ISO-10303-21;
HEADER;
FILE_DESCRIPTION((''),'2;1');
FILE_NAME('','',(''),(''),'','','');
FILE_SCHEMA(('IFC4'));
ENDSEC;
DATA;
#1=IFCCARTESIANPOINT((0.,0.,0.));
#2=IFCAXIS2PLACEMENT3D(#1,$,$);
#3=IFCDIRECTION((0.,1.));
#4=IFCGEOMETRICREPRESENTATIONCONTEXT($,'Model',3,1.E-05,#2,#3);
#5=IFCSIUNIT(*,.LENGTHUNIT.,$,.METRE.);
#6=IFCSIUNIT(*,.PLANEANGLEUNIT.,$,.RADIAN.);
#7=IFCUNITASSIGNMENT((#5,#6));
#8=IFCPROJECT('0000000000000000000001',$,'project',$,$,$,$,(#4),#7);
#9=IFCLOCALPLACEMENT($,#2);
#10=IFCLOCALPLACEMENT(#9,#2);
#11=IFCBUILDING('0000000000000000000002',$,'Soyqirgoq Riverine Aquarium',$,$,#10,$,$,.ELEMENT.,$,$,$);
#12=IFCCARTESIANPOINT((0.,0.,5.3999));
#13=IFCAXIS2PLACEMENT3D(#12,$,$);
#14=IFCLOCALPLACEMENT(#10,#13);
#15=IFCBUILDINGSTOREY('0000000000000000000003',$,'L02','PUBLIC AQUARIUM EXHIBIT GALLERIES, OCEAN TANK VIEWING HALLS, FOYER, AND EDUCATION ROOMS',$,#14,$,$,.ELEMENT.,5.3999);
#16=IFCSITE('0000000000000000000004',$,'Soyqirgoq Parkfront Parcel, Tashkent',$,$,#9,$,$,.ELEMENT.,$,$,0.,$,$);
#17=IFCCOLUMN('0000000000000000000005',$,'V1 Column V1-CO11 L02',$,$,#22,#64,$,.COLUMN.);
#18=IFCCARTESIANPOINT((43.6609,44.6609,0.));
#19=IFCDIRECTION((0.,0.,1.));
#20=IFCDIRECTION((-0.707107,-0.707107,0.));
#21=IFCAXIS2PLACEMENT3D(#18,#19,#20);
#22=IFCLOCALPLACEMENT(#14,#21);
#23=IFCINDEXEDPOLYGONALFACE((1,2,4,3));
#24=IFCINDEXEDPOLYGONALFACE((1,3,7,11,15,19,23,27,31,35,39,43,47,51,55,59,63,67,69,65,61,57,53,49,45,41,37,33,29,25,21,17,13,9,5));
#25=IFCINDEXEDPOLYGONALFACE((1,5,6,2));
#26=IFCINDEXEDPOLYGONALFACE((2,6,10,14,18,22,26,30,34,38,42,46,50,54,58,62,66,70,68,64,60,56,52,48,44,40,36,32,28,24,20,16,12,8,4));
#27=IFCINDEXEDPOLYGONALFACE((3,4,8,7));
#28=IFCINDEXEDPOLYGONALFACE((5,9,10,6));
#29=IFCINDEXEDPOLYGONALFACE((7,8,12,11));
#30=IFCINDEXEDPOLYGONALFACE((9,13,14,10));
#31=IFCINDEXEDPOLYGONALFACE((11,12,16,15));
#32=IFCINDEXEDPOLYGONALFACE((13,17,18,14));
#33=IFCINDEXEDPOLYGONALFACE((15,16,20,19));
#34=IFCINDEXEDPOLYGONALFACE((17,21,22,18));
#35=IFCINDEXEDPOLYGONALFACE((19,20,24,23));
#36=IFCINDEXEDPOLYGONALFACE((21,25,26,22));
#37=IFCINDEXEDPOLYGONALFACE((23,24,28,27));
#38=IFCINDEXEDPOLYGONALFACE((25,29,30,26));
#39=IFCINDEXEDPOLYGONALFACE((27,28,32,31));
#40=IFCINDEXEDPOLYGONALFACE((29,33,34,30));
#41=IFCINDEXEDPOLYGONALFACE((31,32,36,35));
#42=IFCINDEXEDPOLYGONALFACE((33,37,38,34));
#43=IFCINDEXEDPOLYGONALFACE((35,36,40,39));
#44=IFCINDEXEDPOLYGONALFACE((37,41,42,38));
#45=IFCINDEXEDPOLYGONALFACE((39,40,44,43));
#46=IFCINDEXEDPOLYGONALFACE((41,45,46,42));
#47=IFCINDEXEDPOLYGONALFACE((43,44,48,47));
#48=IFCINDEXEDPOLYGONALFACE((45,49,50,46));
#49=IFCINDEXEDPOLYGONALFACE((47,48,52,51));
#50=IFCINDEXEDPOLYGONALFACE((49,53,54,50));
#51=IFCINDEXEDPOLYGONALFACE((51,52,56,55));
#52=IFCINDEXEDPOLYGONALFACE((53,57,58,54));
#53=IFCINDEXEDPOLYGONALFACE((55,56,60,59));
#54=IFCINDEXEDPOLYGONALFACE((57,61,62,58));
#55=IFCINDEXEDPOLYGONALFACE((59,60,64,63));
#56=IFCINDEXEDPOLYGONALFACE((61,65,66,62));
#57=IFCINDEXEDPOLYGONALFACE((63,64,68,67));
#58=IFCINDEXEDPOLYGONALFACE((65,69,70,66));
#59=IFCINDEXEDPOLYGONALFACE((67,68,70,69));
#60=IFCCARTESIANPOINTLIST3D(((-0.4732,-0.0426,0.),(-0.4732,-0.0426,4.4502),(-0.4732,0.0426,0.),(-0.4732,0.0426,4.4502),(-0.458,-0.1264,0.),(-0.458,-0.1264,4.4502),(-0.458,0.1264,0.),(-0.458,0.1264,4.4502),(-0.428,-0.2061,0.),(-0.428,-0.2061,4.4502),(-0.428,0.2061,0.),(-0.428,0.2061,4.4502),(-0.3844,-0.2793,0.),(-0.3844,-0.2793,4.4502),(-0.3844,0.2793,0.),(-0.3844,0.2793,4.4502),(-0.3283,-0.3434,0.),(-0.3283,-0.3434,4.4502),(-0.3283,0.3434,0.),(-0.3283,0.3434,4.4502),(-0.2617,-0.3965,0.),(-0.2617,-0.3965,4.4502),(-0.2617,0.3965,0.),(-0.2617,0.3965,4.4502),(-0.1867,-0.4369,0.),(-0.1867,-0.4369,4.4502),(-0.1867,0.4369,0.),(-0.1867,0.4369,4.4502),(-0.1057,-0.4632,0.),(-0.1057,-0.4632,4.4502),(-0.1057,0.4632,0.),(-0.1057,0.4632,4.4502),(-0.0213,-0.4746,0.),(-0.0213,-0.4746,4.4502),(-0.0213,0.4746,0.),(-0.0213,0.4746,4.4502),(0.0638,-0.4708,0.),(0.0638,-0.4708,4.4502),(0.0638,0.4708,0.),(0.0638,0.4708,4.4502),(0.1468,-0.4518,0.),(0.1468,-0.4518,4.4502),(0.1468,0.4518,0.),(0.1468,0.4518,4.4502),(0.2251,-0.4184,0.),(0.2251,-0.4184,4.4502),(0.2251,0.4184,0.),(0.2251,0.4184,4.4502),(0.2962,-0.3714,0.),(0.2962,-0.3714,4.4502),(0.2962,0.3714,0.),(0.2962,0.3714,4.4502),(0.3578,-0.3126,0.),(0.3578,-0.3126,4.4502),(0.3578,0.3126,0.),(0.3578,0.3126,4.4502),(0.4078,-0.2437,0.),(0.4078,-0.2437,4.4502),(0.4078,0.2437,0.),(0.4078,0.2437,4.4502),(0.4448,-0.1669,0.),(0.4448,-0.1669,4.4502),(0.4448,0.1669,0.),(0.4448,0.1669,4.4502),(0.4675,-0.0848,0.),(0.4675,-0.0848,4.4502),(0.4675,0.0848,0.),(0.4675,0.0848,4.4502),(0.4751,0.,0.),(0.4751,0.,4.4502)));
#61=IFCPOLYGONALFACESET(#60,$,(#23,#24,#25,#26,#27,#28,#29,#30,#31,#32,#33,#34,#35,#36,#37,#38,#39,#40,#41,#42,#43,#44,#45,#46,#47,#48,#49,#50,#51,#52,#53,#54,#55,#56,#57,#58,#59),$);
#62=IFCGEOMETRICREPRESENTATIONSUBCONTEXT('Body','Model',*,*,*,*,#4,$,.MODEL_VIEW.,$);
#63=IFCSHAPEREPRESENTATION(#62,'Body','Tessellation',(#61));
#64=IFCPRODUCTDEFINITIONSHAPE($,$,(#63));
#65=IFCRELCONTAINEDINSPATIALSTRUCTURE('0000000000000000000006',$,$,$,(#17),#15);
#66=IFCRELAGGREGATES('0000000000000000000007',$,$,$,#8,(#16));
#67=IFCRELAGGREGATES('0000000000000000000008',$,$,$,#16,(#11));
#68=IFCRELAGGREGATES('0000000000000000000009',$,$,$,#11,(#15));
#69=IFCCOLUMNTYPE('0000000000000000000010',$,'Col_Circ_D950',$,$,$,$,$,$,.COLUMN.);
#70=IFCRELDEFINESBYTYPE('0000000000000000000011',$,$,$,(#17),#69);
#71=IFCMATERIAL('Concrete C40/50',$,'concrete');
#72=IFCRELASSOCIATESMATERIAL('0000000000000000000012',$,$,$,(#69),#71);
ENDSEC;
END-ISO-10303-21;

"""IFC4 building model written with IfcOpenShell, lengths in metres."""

from ifc_helpers import new_model, si_unit, direction, frame, origin, origin_2d, place, context, subcontext, project, spatial, circle, extrude, material, material_profile, profile_set, type_object, element, save


model = new_model("IFC4")

# Units and contexts
model_context = context("Model", 3, precision=1e-05, world=origin(), true_north=direction((0.0, 1.0)))
body_context = subcontext(model_context, "Body", "Model", "MODEL_VIEW")
ifc_project = project(units=[si_unit("LENGTHUNIT", "METRE"), si_unit("PLANEANGLEUNIT", "RADIAN")], contexts=[model_context])

# Site, building, storey
site_placement = place(None, origin())
site = spatial("IfcSite", under=ifc_project, at=site_placement, Name="Soyqirgoq Parkfront Parcel, Tashkent", CompositionType="ELEMENT", RefElevation=0.0)
building_placement = place(site_placement, origin())
building = spatial("IfcBuilding", under=site, at=building_placement, Name="Soyqirgoq Riverine Aquarium", CompositionType="ELEMENT")
storey_placement = place(building_placement, frame((0.0, 0.0, 5.3999)))
storey = spatial("IfcBuildingStorey", under=building, at=storey_placement, Name="L02", Description="PUBLIC AQUARIUM EXHIBIT GALLERIES, OCEAN TANK VIEWING HALLS, FOYER, AND EDUCATION ROOMS", CompositionType="ELEMENT", Elevation=5.3999)

# Column
ifc_material_1 = material(Name="Concrete C40/50", Category="concrete")
ifc_material_profile_1 = material_profile(ifc_material_1, circle(Radius=0.4751, at=origin_2d()), Name="RC-COL D950")
ifc_profile_set_1 = profile_set([ifc_material_profile_1], Name="Concrete C40/50")
column_type_1 = type_object("IfcColumnType", Name="Col_Circ_D950", PredefinedType="COLUMN", material=ifc_profile_set_1)
column_1_placement = place(storey_placement, frame((43.6609, 44.6609, 0.0), z_axis=(0.0, 0.0, 1.0), x_axis=(-0.707107, -0.707107, 0.0)))
element("IfcColumn", 1, at=column_1_placement, inside=storey, type_object=column_type_1, Name="V1 Column V1-CO11 L02", PredefinedType="COLUMN", context=body_context, shape_type="SweptSolid", body=[
    extrude(circle(Radius=0.4751, at=origin_2d()), origin(), (0.0, 0.0, 1.0), 4.4502),
])

save(model, "model.ifc")
